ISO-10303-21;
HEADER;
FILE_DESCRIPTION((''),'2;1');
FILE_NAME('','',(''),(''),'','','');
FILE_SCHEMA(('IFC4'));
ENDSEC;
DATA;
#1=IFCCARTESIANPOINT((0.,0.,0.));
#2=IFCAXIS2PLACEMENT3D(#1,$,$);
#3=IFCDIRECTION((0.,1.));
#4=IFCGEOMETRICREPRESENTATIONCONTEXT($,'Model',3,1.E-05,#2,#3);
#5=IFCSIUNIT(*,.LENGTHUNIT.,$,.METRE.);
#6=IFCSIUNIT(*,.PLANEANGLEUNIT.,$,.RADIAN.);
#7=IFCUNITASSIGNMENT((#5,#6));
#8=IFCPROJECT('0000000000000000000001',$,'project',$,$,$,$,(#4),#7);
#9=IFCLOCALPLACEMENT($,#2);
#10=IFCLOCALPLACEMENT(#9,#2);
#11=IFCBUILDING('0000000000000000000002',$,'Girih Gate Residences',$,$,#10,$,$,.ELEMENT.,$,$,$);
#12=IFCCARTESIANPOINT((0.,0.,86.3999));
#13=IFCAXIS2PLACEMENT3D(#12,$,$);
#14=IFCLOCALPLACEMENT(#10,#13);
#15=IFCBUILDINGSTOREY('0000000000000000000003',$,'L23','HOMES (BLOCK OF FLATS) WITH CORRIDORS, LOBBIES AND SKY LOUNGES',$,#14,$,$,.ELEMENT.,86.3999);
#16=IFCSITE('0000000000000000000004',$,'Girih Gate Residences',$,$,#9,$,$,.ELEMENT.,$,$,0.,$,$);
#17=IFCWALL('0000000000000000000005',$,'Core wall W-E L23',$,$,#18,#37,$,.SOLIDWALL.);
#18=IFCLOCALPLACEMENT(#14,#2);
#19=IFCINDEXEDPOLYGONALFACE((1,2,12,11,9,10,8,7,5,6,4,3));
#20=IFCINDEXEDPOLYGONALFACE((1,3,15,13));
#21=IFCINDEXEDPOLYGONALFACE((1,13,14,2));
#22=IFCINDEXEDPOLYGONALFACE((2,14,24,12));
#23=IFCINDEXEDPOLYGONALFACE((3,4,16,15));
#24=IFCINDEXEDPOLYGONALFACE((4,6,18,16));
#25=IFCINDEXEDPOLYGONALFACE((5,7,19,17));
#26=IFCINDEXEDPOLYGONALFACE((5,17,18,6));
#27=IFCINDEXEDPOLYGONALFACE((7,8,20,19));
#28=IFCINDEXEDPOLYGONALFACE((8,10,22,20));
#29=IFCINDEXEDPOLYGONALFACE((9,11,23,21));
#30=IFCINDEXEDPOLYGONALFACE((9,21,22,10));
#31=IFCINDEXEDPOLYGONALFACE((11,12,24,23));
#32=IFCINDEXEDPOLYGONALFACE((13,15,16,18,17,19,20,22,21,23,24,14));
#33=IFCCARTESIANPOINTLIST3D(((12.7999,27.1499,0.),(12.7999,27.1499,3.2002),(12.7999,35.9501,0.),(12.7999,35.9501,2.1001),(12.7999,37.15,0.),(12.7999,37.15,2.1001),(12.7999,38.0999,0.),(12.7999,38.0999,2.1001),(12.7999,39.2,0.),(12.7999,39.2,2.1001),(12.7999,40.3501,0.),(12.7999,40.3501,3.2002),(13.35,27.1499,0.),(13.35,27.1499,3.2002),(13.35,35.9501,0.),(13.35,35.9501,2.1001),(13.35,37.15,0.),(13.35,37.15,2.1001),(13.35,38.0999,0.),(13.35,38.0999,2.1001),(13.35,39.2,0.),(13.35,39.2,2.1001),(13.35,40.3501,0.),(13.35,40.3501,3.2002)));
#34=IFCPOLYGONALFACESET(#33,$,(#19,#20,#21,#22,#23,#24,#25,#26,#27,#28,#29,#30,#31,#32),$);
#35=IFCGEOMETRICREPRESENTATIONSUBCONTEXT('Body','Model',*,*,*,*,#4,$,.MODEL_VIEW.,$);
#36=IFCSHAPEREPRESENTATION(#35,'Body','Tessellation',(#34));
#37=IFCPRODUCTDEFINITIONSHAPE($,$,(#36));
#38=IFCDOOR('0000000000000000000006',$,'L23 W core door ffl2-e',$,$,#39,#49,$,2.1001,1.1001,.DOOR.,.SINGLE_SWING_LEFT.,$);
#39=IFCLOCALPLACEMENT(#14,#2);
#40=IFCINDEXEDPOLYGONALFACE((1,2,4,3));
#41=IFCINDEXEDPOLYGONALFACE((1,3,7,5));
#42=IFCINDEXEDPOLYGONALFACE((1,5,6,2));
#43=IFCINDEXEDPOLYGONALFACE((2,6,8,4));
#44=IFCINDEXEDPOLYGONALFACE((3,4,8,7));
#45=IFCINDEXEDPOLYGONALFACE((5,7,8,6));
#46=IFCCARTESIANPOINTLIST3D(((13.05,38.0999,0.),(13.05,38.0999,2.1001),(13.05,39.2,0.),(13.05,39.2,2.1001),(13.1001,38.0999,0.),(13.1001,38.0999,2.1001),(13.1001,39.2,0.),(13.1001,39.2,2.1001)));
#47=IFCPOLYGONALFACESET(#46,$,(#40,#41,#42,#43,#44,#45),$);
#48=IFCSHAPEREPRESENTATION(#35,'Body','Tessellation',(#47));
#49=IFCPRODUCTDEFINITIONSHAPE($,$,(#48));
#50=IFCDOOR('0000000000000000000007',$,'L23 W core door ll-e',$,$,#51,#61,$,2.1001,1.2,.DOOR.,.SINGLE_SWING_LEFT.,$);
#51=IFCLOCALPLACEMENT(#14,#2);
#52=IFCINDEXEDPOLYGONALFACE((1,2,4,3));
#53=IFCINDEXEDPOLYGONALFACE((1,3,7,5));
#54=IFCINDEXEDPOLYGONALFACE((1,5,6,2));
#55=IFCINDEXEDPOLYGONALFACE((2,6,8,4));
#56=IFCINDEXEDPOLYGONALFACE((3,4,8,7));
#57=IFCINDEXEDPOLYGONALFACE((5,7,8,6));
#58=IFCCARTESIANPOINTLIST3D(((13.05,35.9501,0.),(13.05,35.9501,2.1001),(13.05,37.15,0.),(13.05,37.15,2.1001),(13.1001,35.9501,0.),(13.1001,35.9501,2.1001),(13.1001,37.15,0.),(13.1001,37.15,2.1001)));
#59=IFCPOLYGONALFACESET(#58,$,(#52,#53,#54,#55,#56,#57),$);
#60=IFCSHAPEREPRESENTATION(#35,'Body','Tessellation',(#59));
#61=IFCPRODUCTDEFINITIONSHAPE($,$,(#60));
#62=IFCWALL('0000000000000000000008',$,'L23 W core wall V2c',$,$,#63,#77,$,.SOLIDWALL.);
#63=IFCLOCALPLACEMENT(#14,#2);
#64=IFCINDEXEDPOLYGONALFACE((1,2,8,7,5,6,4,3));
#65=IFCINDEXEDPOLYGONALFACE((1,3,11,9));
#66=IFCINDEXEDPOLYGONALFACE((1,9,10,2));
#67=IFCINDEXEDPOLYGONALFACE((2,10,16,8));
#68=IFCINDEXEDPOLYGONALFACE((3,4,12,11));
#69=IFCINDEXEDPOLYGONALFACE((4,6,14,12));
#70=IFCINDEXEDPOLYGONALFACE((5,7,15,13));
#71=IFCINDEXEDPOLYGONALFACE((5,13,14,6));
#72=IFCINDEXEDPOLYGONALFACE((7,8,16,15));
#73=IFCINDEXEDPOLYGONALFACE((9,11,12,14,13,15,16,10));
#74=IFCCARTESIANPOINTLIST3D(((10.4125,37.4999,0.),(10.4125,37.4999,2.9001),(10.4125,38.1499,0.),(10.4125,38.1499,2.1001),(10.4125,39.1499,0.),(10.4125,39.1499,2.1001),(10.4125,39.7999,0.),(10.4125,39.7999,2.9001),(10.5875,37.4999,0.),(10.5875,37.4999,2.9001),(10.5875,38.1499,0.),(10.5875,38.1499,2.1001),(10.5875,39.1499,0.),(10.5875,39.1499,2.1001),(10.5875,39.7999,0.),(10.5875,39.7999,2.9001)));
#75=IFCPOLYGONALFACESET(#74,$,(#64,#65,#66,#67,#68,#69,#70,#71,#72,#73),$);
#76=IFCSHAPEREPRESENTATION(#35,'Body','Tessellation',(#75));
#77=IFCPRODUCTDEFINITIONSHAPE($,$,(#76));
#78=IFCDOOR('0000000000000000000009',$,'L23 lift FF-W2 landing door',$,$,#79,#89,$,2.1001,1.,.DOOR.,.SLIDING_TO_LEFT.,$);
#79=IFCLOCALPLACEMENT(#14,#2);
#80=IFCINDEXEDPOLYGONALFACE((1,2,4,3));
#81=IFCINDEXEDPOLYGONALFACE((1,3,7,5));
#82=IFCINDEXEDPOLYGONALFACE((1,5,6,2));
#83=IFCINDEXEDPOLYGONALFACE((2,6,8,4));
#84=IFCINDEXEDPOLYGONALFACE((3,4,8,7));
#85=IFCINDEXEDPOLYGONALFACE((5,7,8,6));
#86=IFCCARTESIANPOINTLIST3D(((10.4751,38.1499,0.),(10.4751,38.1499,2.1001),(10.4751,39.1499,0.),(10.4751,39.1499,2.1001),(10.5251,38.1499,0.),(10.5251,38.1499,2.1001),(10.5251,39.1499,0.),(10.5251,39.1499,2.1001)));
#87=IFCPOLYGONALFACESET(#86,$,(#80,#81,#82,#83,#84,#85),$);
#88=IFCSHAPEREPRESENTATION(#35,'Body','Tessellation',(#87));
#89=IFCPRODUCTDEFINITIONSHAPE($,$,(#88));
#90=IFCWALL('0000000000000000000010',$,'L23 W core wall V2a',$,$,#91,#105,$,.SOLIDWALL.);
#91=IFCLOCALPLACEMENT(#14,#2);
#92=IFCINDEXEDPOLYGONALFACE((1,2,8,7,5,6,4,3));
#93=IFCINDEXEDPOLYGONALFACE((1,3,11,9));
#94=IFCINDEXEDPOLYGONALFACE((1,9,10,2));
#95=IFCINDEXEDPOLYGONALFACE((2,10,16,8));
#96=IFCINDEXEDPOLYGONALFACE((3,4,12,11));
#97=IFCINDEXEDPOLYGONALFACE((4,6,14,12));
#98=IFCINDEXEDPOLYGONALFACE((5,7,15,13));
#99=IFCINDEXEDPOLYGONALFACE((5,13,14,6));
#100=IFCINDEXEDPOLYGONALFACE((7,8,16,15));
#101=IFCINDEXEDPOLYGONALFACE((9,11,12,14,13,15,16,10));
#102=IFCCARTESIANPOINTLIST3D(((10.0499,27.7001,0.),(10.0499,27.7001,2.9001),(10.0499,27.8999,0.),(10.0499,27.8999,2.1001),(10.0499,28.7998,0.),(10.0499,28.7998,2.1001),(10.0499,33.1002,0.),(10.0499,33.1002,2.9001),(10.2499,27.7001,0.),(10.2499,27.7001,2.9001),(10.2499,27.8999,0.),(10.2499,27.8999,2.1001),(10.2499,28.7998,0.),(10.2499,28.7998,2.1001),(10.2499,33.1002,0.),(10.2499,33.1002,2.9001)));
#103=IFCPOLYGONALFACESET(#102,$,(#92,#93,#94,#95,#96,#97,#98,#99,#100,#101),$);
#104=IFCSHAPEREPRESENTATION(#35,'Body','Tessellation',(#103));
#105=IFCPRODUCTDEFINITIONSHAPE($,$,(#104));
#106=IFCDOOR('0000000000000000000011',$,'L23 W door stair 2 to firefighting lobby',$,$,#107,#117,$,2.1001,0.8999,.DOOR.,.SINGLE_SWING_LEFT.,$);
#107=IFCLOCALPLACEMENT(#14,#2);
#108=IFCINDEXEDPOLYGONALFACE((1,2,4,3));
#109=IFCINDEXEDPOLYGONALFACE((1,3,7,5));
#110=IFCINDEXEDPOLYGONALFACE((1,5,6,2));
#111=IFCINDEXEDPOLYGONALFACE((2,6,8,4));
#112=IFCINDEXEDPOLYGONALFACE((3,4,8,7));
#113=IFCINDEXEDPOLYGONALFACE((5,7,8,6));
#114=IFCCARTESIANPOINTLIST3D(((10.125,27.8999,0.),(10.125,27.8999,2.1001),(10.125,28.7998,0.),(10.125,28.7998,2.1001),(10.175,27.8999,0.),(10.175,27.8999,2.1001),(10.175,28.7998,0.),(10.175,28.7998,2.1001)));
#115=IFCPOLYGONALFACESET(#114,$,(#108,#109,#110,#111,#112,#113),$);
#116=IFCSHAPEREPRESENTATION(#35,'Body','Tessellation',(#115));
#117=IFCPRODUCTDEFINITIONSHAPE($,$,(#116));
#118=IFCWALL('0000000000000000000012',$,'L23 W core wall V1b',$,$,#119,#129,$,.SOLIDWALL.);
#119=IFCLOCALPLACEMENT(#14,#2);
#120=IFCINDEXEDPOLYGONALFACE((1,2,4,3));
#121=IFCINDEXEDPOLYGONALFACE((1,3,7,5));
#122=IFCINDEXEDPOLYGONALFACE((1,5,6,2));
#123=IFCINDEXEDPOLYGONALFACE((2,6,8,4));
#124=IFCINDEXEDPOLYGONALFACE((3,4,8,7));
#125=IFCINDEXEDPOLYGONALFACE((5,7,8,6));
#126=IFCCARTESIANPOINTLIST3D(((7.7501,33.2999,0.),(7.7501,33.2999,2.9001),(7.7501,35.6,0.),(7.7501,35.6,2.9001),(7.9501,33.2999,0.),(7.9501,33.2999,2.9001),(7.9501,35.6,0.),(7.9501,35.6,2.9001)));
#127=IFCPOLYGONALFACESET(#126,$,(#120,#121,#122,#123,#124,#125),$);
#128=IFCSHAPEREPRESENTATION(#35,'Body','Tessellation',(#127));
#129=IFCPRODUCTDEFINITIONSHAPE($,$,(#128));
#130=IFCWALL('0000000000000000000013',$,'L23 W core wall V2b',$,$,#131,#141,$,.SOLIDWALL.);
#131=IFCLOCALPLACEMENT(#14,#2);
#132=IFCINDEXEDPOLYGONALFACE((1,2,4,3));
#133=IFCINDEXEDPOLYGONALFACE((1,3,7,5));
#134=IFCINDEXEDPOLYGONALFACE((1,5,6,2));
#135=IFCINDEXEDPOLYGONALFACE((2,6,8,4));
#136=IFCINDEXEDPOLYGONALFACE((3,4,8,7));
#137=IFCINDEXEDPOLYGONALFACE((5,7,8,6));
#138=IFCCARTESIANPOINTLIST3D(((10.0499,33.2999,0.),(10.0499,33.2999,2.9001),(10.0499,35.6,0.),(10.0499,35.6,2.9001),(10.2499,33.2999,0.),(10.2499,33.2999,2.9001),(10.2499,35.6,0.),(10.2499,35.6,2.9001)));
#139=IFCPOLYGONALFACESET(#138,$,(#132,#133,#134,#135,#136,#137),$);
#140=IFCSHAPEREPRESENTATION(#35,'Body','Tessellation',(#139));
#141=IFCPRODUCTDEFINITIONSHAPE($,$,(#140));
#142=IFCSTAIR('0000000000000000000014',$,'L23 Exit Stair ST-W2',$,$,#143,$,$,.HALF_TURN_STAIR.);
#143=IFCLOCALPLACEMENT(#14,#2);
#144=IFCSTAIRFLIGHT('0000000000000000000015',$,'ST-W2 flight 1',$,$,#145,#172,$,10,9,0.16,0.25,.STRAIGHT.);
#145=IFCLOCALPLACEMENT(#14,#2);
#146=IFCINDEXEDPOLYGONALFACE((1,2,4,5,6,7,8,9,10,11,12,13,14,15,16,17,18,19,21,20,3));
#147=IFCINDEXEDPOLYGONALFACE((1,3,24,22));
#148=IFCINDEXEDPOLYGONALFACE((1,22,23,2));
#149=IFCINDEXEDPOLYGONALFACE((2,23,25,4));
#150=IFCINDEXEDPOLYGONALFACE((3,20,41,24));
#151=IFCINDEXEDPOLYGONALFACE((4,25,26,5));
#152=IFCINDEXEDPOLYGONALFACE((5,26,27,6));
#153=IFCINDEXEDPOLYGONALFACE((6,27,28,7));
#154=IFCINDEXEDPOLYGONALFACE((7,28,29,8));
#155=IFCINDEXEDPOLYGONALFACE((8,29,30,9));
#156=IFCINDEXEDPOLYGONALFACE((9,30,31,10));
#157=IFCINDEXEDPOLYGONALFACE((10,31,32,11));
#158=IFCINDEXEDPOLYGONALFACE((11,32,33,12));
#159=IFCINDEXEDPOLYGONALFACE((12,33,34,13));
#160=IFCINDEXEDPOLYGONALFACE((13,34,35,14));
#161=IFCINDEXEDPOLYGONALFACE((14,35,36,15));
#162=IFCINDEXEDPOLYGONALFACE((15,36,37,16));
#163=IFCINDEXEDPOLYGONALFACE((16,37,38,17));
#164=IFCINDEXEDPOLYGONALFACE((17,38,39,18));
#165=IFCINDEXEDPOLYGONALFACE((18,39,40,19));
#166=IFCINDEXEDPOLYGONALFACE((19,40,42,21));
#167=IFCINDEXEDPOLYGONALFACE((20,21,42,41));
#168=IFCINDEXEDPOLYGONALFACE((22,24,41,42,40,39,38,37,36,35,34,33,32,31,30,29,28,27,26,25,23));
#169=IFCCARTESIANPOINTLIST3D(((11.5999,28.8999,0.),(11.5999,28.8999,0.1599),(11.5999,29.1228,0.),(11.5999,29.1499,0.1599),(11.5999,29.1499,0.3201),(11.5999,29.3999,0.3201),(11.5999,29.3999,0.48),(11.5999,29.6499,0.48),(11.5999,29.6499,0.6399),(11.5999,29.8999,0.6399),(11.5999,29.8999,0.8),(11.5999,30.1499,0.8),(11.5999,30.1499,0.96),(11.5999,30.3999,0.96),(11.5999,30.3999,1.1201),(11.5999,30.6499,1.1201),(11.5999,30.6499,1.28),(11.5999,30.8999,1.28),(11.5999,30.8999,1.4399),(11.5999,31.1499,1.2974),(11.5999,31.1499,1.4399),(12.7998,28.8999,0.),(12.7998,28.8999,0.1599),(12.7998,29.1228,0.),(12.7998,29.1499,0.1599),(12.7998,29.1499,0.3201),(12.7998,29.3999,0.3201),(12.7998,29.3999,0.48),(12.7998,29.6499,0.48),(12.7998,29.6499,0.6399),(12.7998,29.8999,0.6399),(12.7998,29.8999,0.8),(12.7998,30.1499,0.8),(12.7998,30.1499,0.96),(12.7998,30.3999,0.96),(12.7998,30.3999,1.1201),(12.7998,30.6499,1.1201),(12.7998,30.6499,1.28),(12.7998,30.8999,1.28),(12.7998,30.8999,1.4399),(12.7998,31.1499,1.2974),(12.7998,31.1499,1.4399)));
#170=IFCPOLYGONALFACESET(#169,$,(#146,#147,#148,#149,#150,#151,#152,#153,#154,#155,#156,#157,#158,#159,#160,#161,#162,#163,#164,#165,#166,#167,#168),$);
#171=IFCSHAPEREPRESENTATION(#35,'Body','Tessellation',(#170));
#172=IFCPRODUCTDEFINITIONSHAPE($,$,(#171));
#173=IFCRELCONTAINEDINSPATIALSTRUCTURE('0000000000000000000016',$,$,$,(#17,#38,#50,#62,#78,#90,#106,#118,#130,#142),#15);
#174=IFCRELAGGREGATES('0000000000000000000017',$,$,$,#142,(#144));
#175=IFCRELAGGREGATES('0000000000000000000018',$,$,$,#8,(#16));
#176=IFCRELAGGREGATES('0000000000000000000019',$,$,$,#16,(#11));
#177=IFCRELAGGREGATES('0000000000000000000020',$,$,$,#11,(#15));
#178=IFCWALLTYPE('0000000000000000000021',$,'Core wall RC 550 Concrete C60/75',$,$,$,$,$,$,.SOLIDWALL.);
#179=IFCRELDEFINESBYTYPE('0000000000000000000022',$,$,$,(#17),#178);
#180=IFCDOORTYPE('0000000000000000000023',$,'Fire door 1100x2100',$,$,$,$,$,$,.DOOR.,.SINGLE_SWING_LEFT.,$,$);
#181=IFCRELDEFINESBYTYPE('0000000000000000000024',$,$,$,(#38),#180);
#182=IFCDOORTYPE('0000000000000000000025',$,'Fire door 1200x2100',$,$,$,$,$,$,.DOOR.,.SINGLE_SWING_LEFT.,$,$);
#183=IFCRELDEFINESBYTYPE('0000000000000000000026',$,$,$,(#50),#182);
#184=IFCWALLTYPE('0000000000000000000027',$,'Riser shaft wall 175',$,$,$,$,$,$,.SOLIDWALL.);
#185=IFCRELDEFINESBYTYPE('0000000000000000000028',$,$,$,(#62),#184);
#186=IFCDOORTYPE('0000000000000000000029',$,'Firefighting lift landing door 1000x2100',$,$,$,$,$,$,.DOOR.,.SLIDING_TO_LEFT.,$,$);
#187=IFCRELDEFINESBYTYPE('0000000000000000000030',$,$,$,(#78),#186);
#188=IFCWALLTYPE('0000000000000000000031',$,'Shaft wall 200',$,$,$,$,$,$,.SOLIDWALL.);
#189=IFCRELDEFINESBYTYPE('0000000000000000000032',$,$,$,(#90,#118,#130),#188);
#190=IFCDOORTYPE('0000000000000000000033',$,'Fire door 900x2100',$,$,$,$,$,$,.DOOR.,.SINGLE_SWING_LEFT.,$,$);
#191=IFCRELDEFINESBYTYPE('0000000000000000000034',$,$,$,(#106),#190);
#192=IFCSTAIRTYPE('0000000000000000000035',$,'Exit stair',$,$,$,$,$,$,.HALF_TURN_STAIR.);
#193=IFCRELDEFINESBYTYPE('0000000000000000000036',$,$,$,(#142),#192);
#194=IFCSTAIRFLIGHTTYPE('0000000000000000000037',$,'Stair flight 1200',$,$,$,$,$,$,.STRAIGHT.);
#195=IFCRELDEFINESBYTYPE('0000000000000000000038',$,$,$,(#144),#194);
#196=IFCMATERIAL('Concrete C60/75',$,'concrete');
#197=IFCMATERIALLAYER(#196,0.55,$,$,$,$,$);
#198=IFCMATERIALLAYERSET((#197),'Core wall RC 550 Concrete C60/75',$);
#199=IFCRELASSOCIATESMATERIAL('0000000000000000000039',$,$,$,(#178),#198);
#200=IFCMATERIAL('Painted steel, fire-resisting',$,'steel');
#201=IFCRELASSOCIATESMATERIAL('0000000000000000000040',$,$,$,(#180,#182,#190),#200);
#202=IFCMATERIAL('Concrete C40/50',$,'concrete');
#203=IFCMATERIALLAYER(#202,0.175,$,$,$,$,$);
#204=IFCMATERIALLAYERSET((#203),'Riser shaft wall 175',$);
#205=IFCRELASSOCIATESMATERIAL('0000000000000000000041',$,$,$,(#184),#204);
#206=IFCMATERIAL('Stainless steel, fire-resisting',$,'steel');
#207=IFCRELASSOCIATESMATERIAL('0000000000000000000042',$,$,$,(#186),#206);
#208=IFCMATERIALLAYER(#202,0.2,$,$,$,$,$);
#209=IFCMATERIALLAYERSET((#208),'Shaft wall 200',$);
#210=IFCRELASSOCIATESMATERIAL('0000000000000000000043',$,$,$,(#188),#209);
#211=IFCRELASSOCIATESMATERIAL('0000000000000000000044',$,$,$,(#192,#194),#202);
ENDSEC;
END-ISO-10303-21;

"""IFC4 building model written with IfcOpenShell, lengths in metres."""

from ifc_helpers import new_model, si_unit, direction, frame, frame_2d, origin, place, context, subcontext, project, spatial, polyline, rectangle, outline, extrude, material, layer, layer_set, type_object, element, fill, aggregate, save


model = new_model("IFC4")

# Units and contexts
model_context = context("Model", 3, precision=1e-05, world=origin(), true_north=direction((0.0, 1.0)))
body_context = subcontext(model_context, "Body", "Model", "MODEL_VIEW")
ifc_project = project(units=[si_unit("LENGTHUNIT", "METRE"), si_unit("PLANEANGLEUNIT", "RADIAN")], contexts=[model_context])

# Site, building, storey
site_placement = place(None, origin())
site = spatial("IfcSite", under=ifc_project, at=site_placement, Name="Girih Gate Residences", CompositionType="ELEMENT", RefElevation=0.0)
building_placement = place(site_placement, origin())
building = spatial("IfcBuilding", under=site, at=building_placement, Name="Girih Gate Residences", CompositionType="ELEMENT")
storey_placement = place(building_placement, frame((0.0, 0.0, 86.3999)))
storey = spatial("IfcBuildingStorey", under=building, at=storey_placement, Name="L23", Description="HOMES (BLOCK OF FLATS) WITH CORRIDORS, LOBBIES AND SKY LOUNGES", CompositionType="ELEMENT", Elevation=86.3999)

# Shared definitions
ifc_material_1 = material(Name="Concrete C60/75", Category="concrete")

# Wall, openings, doors
ifc_layer_1 = layer(ifc_material_1, 0.55)
ifc_layer_set_1 = layer_set([ifc_layer_1], Name="Core wall RC 550 Concrete C60/75")
wall_type_1 = type_object("IfcWallType", Name="Core wall RC 550 Concrete C60/75", PredefinedType="SOLIDWALL", material=ifc_layer_set_1)
wall_1_placement = place(storey_placement, frame((13.075, 27.1499, 0.0), z_axis=(0.0, 0.0, 1.0), x_axis=(0.0, 1.0, 0.0)))
wall_1 = element("IfcWall", 1, at=wall_1_placement, inside=storey, type_object=wall_type_1, Name="Core wall W-E L23", PredefinedType="SOLIDWALL", context=body_context, shape_type="SweptSolid", body=[
    extrude(rectangle(XDim=13.2002, YDim=0.55, at=frame_2d((6.6001, 0.0))), origin(), (0.0, 0.0, 1.0), 3.2002),
])
opening_1_placement = place(wall_1_placement, frame((10.95, 0.0, 0.0)))
opening_1 = element("IfcOpeningElement", 2, at=opening_1_placement, cuts=wall_1, PredefinedType="OPENING", context=body_context, shape_type="SweptSolid", body=[
    extrude(rectangle(XDim=1.1001, YDim=2.1001, at=frame_2d((0.55, 1.05))), frame((0.0, 0.2849, 0.0), z_axis=(0.0, -1.0, 0.0), x_axis=(1.0, 0.0, 0.0)), (0.0, 0.0, 1.0), 0.5701),
])
opening_2_placement = place(wall_1_placement, frame((8.8, 0.0, 0.0)))
opening_2 = element("IfcOpeningElement", 3, at=opening_2_placement, cuts=wall_1, PredefinedType="OPENING", context=body_context, shape_type="SweptSolid", body=[
    extrude(rectangle(XDim=1.2, YDim=2.1001, at=frame_2d((0.6001, 1.05))), frame((0.0, 0.2849, 0.0), z_axis=(0.0, -1.0, 0.0), x_axis=(1.0, 0.0, 0.0)), (0.0, 0.0, 1.0), 0.5701),
])
ifc_material_2 = material(Name="Painted steel, fire-resisting", Category="steel")
door_type_1 = type_object("IfcDoorType", Name="Fire door 1100x2100", OperationType="SINGLE_SWING_LEFT", PredefinedType="DOOR", material=ifc_material_2)
door_1_placement = place(opening_1_placement, origin())
door_1 = element("IfcDoor", 4, at=door_1_placement, inside=storey, type_object=door_type_1, Name="L23 W core door ffl2-e", OperationType="SINGLE_SWING_LEFT", OverallHeight=2.1001, OverallWidth=1.1001, PredefinedType="DOOR", context=body_context, shape_type="SweptSolid", body=[
    extrude(rectangle(XDim=1.1001, YDim=2.1001, at=frame_2d((0.55, 1.05))), frame((0.0, 0.0249, 0.0), z_axis=(0.0, -1.0, 0.0), x_axis=(1.0, 0.0, 0.0)), (0.0, 0.0, 1.0), 0.05),
])
fill(opening_1, door_1)
door_type_2 = type_object("IfcDoorType", Name="Fire door 1200x2100", OperationType="SINGLE_SWING_LEFT", PredefinedType="DOOR", material=ifc_material_2)
door_2_placement = place(opening_2_placement, origin())
door_2 = element("IfcDoor", 5, at=door_2_placement, inside=storey, type_object=door_type_2, Name="L23 W core door ll-e", OperationType="SINGLE_SWING_LEFT", OverallHeight=2.1001, OverallWidth=1.2, PredefinedType="DOOR", context=body_context, shape_type="SweptSolid", body=[
    extrude(rectangle(XDim=1.2, YDim=2.1001, at=frame_2d((0.6001, 1.05))), frame((0.0, 0.0249, 0.0), z_axis=(0.0, -1.0, 0.0), x_axis=(1.0, 0.0, 0.0)), (0.0, 0.0, 1.0), 0.05),
])
fill(opening_2, door_2)

# Walls, openings, doors
ifc_material_3 = material(Name="Concrete C40/50", Category="concrete")
ifc_layer_2 = layer(ifc_material_3, 0.175)
ifc_layer_set_2 = layer_set([ifc_layer_2], Name="Riser shaft wall 175")
wall_type_2 = type_object("IfcWallType", Name="Riser shaft wall 175", PredefinedType="SOLIDWALL", material=ifc_layer_set_2)
wall_2_placement = place(storey_placement, frame((10.5, 37.5, 0.0), z_axis=(0.0, 0.0, 1.0), x_axis=(0.0, 1.0, 0.0)))
wall_2 = element("IfcWall", 6, at=wall_2_placement, inside=storey, type_object=wall_type_2, Name="L23 W core wall V2c", PredefinedType="SOLIDWALL", context=body_context, shape_type="SweptSolid", body=[
    extrude(rectangle(XDim=2.3, YDim=0.175, at=frame_2d((1.1499, 0.0))), origin(), (0.0, 0.0, 1.0), 2.9001),
])
opening_3_placement = place(wall_2_placement, frame((0.6499, 0.0, 0.0)))
opening_3 = element("IfcOpeningElement", 7, at=opening_3_placement, cuts=wall_2, PredefinedType="OPENING", context=body_context, shape_type="SweptSolid", body=[
    extrude(rectangle(XDim=1.0, YDim=2.1001, at=frame_2d((0.5, 1.05))), frame((0.0, 0.0974, 0.0), z_axis=(0.0, -1.0, 0.0), x_axis=(1.0, 0.0, 0.0)), (0.0, 0.0, 1.0), 0.1951),
])
ifc_material_4 = material(Name="Stainless steel, fire-resisting", Category="steel")
door_type_3 = type_object("IfcDoorType", Name="Firefighting lift landing door 1000x2100", OperationType="SLIDING_TO_LEFT", PredefinedType="DOOR", material=ifc_material_4)
door_3_placement = place(opening_3_placement, origin())
door_3 = element("IfcDoor", 8, at=door_3_placement, inside=storey, type_object=door_type_3, Name="L23 lift FF-W2 landing door", OperationType="SLIDING_TO_LEFT", OverallHeight=2.1001, OverallWidth=1.0, PredefinedType="DOOR", context=body_context, shape_type="SweptSolid", body=[
    extrude(rectangle(XDim=1.0, YDim=2.1001, at=frame_2d((0.5, 1.05))), frame((0.0, 0.0249, 0.0), z_axis=(0.0, -1.0, 0.0), x_axis=(1.0, 0.0, 0.0)), (0.0, 0.0, 1.0), 0.05),
])
fill(opening_3, door_3)
ifc_layer_3 = layer(ifc_material_3, 0.2)
ifc_layer_set_3 = layer_set([ifc_layer_3], Name="Shaft wall 200")
wall_type_3 = type_object("IfcWallType", Name="Shaft wall 200", PredefinedType="SOLIDWALL", material=ifc_layer_set_3)
wall_3_placement = place(storey_placement, frame((10.1499, 27.7, 0.0), z_axis=(0.0, 0.0, 1.0), x_axis=(0.0, 1.0, 0.0)))
wall_3 = element("IfcWall", 9, at=wall_3_placement, inside=storey, type_object=wall_type_3, Name="L23 W core wall V2a", PredefinedType="SOLIDWALL", context=body_context, shape_type="SweptSolid", body=[
    extrude(rectangle(XDim=5.4001, YDim=0.2, at=frame_2d((2.7002, 0.0))), origin(), (0.0, 0.0, 1.0), 2.9001),
])
opening_4_placement = place(wall_3_placement, frame((0.2, 0.0, 0.0)))
opening_4 = element("IfcOpeningElement", 10, at=opening_4_placement, cuts=wall_3, PredefinedType="OPENING", context=body_context, shape_type="SweptSolid", body=[
    extrude(rectangle(XDim=0.8999, YDim=2.1001, at=frame_2d((0.45, 1.05))), frame((0.0, 0.1099, 0.0), z_axis=(0.0, -1.0, 0.0), x_axis=(1.0, 0.0, 0.0)), (0.0, 0.0, 1.0), 0.22),
])
door_type_4 = type_object("IfcDoorType", Name="Fire door 900x2100", OperationType="SINGLE_SWING_LEFT", PredefinedType="DOOR", material=ifc_material_2)
door_4_placement = place(opening_4_placement, origin())
door_4 = element("IfcDoor", 11, at=door_4_placement, inside=storey, type_object=door_type_4, Name="L23 W door stair 2 to firefighting lobby", OperationType="SINGLE_SWING_LEFT", OverallHeight=2.1001, OverallWidth=0.8999, PredefinedType="DOOR", context=body_context, shape_type="SweptSolid", body=[
    extrude(rectangle(XDim=0.8999, YDim=2.1001, at=frame_2d((0.45, 1.05))), frame((0.0, 0.0249, 0.0), z_axis=(0.0, -1.0, 0.0), x_axis=(1.0, 0.0, 0.0)), (0.0, 0.0, 1.0), 0.05),
])
fill(opening_4, door_4)

# Walls
for number, where, z_axis, x_axis, name in (
    (12, (7.8501, 33.3, 0.0), (0.0, 0.0, 1.0), (0.0, 1.0, 0.0), "L23 W core wall V1b"),
    (13, (10.1499, 33.3, 0.0), (0.0, 0.0, 1.0), (0.0, 1.0, 0.0), "L23 W core wall V2b"),
):
    element("IfcWall", number, at=place(storey_placement, frame(where, z_axis=z_axis, x_axis=x_axis)), inside=storey, type_object=wall_type_3, Name=name, PredefinedType="SOLIDWALL", context=body_context, shape_type="SweptSolid", body=[
        extrude(rectangle(XDim=2.3, YDim=0.2, at=frame_2d((1.1499, 0.0))), origin(), (0.0, 0.0, 1.0), 2.9001),
    ])

# Stair, stair flight
stair_type = type_object("IfcStairType", Name="Exit stair", PredefinedType="HALF_TURN_STAIR", material=ifc_material_3)
stair_placement = place(storey_placement, origin())
stair = element("IfcStair", 14, at=stair_placement, inside=storey, type_object=stair_type, Name="L23 Exit Stair ST-W2", PredefinedType="HALF_TURN_STAIR")
stair_flight_type = type_object("IfcStairFlightType", Name="Stair flight 1200", PredefinedType="STRAIGHT", material=ifc_material_3)
stair_flight_1_placement = place(storey_placement, frame((12.2, 28.8999, 0.0), z_axis=(0.0, 0.0, 1.0), x_axis=(0.0, 1.0, 0.0)))
stair_flight_1 = element("IfcStairFlight", 15, at=stair_flight_1_placement, type_object=stair_flight_type, Name="ST-W2 flight 1", NumberOfRisers=10, NumberOfTreads=9, PredefinedType="STRAIGHT", RiserHeight=0.16, TreadLength=0.25, context=body_context, shape_type="SweptSolid", body=[
    extrude(outline(polyline([(0.0, 0.0), (0.0, 0.1599), (0.25, 0.1599), (0.25, 0.3201), (0.5, 0.3201), (0.5, 0.48), (0.75, 0.48), (0.75, 0.6399), (1.0, 0.6399), (1.0, 0.8), (1.25, 0.8), (1.25, 0.96), (1.5, 0.96), (1.5, 1.1201), (1.75, 1.1201), (1.75, 1.28), (2.0, 1.28), (2.0, 1.4399), (2.25, 1.4399), (2.25, 1.6001), (2.25, 1.2974), (0.2229, 0.0), (0.0, 0.0)])), frame((0.0, 0.6001, 0.0), z_axis=(0.0, -1.0, 0.0), x_axis=(1.0, 0.0, 0.0)), (0.0, 0.0, 1.0), 1.2),
])
aggregate(stair, [stair_flight_1])

save(model, "model.ifc")
